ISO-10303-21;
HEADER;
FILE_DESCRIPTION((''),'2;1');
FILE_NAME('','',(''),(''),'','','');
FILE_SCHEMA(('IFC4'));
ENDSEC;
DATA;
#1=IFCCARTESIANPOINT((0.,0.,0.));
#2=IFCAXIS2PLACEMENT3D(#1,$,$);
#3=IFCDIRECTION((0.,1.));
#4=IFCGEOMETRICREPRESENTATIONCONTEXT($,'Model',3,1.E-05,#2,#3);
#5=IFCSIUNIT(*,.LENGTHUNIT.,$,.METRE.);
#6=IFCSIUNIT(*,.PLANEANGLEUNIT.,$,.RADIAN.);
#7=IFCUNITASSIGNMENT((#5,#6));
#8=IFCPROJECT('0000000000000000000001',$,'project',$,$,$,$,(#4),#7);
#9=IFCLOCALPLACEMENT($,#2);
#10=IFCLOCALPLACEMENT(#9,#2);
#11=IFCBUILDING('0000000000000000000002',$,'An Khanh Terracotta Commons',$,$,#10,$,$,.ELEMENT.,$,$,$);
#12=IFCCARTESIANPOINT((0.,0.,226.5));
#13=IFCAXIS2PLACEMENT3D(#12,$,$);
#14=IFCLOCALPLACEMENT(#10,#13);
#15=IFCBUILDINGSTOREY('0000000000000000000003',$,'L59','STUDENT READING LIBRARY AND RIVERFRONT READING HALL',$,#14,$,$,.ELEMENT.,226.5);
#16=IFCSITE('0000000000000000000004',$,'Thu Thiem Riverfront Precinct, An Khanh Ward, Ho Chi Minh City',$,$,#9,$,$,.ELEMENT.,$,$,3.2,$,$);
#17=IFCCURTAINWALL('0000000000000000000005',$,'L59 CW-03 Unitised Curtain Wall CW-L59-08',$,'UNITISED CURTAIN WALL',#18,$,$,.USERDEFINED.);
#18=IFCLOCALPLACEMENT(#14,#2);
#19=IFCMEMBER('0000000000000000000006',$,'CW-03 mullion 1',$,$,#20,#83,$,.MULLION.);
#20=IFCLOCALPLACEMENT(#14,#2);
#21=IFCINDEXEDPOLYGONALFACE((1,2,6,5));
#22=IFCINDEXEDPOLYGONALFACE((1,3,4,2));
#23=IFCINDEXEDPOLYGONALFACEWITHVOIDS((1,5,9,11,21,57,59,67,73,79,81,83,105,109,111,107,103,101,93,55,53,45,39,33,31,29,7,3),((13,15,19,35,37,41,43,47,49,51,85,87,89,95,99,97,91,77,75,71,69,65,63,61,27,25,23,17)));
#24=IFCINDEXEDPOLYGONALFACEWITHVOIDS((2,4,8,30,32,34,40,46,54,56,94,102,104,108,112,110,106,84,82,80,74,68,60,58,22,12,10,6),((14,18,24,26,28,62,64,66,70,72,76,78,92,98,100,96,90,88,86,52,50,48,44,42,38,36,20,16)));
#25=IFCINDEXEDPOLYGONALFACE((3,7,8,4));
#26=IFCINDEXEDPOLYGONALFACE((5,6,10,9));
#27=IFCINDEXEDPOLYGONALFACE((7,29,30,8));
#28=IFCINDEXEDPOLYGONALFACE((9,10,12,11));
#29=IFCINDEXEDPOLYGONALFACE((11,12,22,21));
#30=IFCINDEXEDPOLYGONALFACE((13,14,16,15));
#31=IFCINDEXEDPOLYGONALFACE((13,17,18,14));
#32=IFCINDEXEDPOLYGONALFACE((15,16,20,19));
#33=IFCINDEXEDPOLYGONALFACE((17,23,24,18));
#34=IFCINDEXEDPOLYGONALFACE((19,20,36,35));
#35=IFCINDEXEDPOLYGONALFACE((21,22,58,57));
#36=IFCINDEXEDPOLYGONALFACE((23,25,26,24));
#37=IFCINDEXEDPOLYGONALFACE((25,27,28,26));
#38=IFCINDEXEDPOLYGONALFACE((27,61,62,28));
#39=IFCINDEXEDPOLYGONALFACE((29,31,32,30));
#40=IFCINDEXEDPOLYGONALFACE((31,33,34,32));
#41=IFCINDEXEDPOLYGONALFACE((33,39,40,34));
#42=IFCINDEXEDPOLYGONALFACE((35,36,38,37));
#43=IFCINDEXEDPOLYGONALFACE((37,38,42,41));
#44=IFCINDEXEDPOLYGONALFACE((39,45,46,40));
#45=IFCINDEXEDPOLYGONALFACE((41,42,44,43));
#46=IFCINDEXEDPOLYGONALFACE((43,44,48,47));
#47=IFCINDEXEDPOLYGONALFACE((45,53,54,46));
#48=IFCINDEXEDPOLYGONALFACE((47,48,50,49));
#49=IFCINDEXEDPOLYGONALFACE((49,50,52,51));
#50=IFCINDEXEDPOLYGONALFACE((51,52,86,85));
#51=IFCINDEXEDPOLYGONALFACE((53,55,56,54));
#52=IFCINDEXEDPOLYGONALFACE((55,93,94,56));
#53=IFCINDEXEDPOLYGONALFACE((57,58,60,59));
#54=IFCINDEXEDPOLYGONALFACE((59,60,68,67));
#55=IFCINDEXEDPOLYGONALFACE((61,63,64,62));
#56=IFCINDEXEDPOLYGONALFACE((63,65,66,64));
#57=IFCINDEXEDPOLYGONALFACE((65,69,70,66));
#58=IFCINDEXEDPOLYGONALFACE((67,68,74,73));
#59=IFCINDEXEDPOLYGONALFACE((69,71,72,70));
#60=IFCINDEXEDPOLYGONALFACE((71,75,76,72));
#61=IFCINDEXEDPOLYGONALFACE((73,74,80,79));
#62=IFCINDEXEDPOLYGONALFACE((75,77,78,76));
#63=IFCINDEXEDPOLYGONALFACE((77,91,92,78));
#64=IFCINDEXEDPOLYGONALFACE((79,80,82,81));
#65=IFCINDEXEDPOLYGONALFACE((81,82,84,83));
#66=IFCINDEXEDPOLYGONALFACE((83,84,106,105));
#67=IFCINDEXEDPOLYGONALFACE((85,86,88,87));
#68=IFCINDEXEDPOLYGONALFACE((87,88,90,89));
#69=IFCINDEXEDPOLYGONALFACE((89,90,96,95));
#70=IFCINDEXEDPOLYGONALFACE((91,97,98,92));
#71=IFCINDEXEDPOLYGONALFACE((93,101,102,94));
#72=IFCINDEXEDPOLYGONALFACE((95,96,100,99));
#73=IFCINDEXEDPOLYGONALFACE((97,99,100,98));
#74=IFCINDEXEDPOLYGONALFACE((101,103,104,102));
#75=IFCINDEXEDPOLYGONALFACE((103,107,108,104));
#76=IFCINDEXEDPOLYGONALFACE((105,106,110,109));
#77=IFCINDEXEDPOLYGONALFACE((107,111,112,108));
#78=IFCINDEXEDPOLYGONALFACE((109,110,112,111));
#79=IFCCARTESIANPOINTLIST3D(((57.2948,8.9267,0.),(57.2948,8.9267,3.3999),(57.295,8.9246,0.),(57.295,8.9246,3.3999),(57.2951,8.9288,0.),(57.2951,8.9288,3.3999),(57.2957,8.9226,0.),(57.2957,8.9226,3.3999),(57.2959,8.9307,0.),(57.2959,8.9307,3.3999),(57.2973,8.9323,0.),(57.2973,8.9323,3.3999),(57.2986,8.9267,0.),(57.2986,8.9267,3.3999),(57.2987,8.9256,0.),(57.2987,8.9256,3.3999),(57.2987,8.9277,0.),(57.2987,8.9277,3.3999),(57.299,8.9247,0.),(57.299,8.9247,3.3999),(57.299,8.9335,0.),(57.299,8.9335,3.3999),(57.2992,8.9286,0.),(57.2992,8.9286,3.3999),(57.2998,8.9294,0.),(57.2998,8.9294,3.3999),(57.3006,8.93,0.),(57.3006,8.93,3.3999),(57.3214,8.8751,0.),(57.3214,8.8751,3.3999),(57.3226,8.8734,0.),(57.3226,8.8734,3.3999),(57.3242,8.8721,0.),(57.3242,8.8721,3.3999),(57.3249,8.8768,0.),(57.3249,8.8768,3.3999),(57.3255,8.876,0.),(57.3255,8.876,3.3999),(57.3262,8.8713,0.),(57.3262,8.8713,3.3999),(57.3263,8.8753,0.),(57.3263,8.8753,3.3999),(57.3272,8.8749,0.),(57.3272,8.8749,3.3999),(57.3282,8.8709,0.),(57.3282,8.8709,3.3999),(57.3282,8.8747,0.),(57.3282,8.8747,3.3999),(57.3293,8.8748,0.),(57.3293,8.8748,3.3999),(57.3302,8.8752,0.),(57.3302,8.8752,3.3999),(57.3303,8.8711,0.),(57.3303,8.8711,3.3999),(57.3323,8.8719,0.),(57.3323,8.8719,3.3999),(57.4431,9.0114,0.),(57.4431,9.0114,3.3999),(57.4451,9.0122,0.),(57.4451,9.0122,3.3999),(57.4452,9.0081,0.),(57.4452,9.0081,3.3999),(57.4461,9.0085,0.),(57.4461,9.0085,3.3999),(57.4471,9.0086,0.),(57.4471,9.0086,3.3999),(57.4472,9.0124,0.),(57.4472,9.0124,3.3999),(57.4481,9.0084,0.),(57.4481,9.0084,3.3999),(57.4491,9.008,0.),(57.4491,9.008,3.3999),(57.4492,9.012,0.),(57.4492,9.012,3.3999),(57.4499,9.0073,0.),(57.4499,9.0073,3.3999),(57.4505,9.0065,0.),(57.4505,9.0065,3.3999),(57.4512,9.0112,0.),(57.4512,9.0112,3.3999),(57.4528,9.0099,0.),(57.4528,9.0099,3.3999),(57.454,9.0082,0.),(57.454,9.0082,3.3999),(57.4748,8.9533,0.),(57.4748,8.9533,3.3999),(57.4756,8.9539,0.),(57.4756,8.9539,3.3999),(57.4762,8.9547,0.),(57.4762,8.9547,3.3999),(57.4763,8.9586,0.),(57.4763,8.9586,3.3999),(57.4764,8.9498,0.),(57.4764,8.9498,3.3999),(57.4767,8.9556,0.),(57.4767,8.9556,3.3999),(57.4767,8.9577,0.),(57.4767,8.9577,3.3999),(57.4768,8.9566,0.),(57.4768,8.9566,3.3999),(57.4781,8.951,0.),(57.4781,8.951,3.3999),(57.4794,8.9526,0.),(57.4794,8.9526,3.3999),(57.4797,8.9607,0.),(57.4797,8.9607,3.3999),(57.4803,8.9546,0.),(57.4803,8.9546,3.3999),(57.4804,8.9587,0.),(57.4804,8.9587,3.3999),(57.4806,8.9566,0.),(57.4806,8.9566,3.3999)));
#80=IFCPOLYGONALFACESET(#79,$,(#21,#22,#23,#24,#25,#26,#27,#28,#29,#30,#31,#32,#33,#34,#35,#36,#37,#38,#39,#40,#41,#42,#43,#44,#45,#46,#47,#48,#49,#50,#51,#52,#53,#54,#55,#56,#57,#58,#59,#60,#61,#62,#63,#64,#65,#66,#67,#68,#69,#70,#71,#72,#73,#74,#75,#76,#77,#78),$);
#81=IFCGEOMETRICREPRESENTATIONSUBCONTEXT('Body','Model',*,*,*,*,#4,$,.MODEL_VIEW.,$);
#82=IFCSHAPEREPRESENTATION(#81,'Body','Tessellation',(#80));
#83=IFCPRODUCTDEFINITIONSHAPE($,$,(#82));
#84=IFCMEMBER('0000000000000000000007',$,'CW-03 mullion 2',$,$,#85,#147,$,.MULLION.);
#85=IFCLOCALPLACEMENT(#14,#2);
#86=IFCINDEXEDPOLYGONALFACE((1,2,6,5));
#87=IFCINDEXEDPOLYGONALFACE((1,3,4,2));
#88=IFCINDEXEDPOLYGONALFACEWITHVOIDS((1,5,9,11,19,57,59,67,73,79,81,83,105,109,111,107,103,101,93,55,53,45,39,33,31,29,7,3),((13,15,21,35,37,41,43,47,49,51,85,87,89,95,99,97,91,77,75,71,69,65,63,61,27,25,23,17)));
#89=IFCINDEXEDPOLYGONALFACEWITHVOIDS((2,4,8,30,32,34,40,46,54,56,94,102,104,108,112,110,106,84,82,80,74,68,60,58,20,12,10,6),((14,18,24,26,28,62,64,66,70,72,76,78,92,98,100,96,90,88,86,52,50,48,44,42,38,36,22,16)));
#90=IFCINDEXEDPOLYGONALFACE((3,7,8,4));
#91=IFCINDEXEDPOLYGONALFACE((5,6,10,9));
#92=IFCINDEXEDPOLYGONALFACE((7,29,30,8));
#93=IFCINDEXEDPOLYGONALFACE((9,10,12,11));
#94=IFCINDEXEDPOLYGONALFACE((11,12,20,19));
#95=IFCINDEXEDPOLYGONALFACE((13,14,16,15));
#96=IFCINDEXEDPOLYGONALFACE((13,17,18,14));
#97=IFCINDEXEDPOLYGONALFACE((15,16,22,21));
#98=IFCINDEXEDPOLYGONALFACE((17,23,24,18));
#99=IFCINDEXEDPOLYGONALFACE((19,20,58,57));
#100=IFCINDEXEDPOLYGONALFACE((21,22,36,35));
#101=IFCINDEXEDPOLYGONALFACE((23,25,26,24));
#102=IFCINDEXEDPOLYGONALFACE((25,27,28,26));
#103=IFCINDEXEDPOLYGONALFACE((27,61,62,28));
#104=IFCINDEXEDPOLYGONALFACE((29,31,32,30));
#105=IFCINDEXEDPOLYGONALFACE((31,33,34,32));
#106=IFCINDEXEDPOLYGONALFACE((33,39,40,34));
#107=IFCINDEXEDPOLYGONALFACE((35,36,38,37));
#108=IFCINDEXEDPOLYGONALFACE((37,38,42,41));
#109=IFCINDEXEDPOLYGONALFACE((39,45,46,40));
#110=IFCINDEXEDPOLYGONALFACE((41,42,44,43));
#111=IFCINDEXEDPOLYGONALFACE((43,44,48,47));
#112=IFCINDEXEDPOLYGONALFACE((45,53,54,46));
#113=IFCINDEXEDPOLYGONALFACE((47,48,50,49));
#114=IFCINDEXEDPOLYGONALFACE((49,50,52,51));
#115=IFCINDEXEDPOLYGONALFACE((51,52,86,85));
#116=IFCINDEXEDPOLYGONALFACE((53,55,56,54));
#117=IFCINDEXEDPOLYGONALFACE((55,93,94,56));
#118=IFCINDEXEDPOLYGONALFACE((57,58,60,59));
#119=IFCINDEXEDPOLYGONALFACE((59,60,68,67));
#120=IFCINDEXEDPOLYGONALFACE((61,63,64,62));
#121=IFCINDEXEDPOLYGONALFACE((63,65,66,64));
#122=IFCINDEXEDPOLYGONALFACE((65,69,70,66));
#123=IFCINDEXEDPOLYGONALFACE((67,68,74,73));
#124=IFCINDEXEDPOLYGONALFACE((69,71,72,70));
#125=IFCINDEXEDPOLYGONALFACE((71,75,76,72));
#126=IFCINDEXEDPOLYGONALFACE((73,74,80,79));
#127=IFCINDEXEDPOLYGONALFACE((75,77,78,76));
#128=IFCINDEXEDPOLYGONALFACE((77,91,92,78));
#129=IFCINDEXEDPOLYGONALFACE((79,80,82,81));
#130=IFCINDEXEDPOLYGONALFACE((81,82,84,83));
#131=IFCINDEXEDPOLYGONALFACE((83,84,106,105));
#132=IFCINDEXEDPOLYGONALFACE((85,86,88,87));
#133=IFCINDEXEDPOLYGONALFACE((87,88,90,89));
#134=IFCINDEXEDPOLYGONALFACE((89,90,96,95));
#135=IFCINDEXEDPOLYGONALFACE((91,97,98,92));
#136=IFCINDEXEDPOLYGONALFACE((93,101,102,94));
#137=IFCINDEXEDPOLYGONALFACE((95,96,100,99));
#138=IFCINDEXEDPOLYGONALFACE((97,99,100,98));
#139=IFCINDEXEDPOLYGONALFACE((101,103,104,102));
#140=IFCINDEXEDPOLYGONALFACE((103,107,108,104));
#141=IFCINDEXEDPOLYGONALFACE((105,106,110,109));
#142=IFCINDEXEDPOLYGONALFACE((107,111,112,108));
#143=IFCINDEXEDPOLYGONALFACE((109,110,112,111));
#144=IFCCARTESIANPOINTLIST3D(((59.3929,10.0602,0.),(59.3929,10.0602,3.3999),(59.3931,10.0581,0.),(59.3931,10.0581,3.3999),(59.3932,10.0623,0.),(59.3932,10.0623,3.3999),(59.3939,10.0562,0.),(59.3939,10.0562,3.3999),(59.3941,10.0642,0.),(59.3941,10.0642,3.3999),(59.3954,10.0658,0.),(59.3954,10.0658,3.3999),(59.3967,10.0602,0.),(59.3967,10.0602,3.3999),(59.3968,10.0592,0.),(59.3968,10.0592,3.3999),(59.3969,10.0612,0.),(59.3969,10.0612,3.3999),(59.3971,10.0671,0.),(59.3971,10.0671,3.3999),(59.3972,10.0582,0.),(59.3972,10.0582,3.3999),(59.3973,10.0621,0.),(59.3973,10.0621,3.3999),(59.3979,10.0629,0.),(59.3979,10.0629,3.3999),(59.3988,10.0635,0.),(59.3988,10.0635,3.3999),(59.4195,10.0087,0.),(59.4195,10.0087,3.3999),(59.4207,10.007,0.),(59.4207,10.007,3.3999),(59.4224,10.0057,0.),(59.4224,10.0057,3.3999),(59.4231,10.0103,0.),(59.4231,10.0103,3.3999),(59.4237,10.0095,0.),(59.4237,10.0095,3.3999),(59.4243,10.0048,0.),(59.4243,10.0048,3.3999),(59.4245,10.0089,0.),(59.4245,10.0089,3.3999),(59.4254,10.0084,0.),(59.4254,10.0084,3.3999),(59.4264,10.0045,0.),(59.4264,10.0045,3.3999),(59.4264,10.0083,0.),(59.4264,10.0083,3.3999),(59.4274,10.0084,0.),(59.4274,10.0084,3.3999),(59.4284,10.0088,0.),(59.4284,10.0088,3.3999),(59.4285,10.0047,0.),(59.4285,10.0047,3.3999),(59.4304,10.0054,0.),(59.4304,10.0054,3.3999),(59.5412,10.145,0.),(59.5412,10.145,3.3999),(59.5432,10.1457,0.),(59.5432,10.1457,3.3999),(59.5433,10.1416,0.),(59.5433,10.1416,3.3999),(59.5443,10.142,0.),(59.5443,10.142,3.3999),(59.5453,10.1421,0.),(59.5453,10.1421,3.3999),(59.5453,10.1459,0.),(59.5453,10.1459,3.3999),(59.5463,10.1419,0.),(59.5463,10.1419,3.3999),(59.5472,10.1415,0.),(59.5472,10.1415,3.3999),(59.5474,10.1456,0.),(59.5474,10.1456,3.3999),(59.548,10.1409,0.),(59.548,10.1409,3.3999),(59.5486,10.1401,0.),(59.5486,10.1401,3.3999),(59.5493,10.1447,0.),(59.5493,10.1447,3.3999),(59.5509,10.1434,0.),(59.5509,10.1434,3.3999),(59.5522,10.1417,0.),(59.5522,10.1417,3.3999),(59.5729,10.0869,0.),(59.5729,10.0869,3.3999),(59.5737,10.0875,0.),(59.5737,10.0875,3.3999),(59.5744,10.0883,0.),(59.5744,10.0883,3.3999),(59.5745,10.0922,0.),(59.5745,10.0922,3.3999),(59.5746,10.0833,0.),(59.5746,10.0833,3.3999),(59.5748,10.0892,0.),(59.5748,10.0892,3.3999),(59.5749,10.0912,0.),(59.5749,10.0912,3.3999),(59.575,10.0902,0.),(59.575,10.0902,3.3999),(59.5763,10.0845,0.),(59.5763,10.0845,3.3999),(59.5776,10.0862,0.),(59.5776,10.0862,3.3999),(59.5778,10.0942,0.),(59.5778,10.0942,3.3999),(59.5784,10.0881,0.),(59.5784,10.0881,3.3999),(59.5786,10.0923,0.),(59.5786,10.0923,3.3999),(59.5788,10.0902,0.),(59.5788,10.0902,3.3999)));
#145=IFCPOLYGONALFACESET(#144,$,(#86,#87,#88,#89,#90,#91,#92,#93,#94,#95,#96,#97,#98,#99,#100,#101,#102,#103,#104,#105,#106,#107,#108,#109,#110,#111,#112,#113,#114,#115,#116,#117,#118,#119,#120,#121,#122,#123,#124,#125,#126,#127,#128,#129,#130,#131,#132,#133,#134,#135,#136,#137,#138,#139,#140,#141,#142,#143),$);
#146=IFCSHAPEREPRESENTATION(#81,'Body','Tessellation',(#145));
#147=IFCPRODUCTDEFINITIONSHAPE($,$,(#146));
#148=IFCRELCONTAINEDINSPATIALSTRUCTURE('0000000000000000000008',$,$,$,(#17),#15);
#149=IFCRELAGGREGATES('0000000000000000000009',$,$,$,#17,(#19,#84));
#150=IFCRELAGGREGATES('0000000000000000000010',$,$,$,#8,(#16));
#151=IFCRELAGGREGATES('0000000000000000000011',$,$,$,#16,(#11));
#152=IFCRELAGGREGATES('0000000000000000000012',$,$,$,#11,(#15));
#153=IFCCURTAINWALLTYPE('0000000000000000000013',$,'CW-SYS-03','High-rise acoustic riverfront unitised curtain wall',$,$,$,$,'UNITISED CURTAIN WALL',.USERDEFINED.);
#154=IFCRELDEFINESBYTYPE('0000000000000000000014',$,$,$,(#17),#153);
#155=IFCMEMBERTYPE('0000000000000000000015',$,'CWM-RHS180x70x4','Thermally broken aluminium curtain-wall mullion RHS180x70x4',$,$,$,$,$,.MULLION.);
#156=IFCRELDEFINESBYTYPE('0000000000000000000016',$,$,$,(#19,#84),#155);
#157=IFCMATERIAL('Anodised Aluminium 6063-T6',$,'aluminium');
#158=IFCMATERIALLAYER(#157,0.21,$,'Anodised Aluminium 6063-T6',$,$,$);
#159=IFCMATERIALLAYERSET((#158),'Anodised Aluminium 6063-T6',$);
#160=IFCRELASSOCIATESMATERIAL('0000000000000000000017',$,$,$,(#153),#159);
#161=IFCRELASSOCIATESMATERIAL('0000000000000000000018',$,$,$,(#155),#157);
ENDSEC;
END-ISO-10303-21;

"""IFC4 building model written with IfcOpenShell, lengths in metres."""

from ifc_helpers import new_model, si_unit, direction, frame, origin, origin_2d, place, context, subcontext, project, spatial, hollow_rectangle, extrude, material, layer, layer_set, material_profile, profile_set, type_object, element, aggregate, save


model = new_model("IFC4")

# Units and contexts
model_context = context("Model", 3, precision=1e-05, world=origin(), true_north=direction((0.0, 1.0)))
body_context = subcontext(model_context, "Body", "Model", "MODEL_VIEW")
ifc_project = project(units=[si_unit("LENGTHUNIT", "METRE"), si_unit("PLANEANGLEUNIT", "RADIAN")], contexts=[model_context])

# Site, building, storey
site_placement = place(None, origin())
site = spatial("IfcSite", under=ifc_project, at=site_placement, Name="Thu Thiem Riverfront Precinct, An Khanh Ward, Ho Chi Minh City", CompositionType="ELEMENT", RefElevation=3.2)
building_placement = place(site_placement, origin())
building = spatial("IfcBuilding", under=site, at=building_placement, Name="An Khanh Terracotta Commons", CompositionType="ELEMENT")
storey_placement = place(building_placement, frame((0.0, 0.0, 226.5)))
storey = spatial("IfcBuildingStorey", under=building, at=storey_placement, Name="L59", Description="STUDENT READING LIBRARY AND RIVERFRONT READING HALL", CompositionType="ELEMENT", Elevation=226.5)

# Curtain wall, members
ifc_material_1 = material(Name="Anodised Aluminium 6063-T6", Category="aluminium")
ifc_layer_1 = layer(ifc_material_1, 0.21, Name="Anodised Aluminium 6063-T6")
ifc_layer_set_1 = layer_set([ifc_layer_1], Name="Anodised Aluminium 6063-T6")
curtain_wall_type = type_object("IfcCurtainWallType", Name="CW-SYS-03", Description="High-rise acoustic riverfront unitised curtain wall", ElementType="UNITISED CURTAIN WALL", PredefinedType="USERDEFINED", material=ifc_layer_set_1)
curtain_wall_placement = place(storey_placement, origin())
curtain_wall = element("IfcCurtainWall", 1, at=curtain_wall_placement, inside=storey, type_object=curtain_wall_type, Name="L59 CW-03 Unitised Curtain Wall CW-L59-08", ObjectType="UNITISED CURTAIN WALL", PredefinedType="USERDEFINED")
ifc_material_profile_1 = material_profile(ifc_material_1, hollow_rectangle(XDim=0.0701, YDim=0.1799, WallThickness=0.0039, InnerFilletRadius=0.0039, OuterFilletRadius=0.0081, at=origin_2d()), Name="RHS180x70x4")
ifc_profile_set_1 = profile_set([ifc_material_profile_1], Name="Anodised Aluminium 6063-T6")
member_type_1 = type_object("IfcMemberType", Name="CWM-RHS180x70x4", Description="Thermally broken aluminium curtain-wall mullion RHS180x70x4", PredefinedType="MULLION", material=ifc_profile_set_1)
member_1_placement = place(storey_placement, frame((57.3877, 8.9417, 0.0), z_axis=(0.0, 0.0, 1.0), x_axis=(-0.475381, 0.87978, 0.0)))
member_1 = element("IfcMember", 2, at=member_1_placement, type_object=member_type_1, Name="CW-03 mullion 1", PredefinedType="MULLION", context=body_context, shape_type="SweptSolid", body=[
    extrude(hollow_rectangle(XDim=0.0701, YDim=0.1799, WallThickness=0.0039, InnerFilletRadius=0.0039, OuterFilletRadius=0.0081, at=origin_2d()), origin(), (0.0, 0.0, 1.0), 3.3999),
])
member_2_placement = place(storey_placement, frame((59.4858, 10.0752, 0.0), z_axis=(0.0, 0.0, 1.0), x_axis=(-0.475381, 0.87978, 0.0)))
member_2 = element("IfcMember", 3, at=member_2_placement, type_object=member_type_1, Name="CW-03 mullion 2", PredefinedType="MULLION", context=body_context, shape_type="SweptSolid", body=[
    extrude(hollow_rectangle(XDim=0.0701, YDim=0.1799, WallThickness=0.0039, InnerFilletRadius=0.0039, OuterFilletRadius=0.0081, at=origin_2d()), origin(), (0.0, 0.0, 1.0), 3.3999),
])
aggregate(curtain_wall, [member_1, member_2])

save(model, "model.ifc")
